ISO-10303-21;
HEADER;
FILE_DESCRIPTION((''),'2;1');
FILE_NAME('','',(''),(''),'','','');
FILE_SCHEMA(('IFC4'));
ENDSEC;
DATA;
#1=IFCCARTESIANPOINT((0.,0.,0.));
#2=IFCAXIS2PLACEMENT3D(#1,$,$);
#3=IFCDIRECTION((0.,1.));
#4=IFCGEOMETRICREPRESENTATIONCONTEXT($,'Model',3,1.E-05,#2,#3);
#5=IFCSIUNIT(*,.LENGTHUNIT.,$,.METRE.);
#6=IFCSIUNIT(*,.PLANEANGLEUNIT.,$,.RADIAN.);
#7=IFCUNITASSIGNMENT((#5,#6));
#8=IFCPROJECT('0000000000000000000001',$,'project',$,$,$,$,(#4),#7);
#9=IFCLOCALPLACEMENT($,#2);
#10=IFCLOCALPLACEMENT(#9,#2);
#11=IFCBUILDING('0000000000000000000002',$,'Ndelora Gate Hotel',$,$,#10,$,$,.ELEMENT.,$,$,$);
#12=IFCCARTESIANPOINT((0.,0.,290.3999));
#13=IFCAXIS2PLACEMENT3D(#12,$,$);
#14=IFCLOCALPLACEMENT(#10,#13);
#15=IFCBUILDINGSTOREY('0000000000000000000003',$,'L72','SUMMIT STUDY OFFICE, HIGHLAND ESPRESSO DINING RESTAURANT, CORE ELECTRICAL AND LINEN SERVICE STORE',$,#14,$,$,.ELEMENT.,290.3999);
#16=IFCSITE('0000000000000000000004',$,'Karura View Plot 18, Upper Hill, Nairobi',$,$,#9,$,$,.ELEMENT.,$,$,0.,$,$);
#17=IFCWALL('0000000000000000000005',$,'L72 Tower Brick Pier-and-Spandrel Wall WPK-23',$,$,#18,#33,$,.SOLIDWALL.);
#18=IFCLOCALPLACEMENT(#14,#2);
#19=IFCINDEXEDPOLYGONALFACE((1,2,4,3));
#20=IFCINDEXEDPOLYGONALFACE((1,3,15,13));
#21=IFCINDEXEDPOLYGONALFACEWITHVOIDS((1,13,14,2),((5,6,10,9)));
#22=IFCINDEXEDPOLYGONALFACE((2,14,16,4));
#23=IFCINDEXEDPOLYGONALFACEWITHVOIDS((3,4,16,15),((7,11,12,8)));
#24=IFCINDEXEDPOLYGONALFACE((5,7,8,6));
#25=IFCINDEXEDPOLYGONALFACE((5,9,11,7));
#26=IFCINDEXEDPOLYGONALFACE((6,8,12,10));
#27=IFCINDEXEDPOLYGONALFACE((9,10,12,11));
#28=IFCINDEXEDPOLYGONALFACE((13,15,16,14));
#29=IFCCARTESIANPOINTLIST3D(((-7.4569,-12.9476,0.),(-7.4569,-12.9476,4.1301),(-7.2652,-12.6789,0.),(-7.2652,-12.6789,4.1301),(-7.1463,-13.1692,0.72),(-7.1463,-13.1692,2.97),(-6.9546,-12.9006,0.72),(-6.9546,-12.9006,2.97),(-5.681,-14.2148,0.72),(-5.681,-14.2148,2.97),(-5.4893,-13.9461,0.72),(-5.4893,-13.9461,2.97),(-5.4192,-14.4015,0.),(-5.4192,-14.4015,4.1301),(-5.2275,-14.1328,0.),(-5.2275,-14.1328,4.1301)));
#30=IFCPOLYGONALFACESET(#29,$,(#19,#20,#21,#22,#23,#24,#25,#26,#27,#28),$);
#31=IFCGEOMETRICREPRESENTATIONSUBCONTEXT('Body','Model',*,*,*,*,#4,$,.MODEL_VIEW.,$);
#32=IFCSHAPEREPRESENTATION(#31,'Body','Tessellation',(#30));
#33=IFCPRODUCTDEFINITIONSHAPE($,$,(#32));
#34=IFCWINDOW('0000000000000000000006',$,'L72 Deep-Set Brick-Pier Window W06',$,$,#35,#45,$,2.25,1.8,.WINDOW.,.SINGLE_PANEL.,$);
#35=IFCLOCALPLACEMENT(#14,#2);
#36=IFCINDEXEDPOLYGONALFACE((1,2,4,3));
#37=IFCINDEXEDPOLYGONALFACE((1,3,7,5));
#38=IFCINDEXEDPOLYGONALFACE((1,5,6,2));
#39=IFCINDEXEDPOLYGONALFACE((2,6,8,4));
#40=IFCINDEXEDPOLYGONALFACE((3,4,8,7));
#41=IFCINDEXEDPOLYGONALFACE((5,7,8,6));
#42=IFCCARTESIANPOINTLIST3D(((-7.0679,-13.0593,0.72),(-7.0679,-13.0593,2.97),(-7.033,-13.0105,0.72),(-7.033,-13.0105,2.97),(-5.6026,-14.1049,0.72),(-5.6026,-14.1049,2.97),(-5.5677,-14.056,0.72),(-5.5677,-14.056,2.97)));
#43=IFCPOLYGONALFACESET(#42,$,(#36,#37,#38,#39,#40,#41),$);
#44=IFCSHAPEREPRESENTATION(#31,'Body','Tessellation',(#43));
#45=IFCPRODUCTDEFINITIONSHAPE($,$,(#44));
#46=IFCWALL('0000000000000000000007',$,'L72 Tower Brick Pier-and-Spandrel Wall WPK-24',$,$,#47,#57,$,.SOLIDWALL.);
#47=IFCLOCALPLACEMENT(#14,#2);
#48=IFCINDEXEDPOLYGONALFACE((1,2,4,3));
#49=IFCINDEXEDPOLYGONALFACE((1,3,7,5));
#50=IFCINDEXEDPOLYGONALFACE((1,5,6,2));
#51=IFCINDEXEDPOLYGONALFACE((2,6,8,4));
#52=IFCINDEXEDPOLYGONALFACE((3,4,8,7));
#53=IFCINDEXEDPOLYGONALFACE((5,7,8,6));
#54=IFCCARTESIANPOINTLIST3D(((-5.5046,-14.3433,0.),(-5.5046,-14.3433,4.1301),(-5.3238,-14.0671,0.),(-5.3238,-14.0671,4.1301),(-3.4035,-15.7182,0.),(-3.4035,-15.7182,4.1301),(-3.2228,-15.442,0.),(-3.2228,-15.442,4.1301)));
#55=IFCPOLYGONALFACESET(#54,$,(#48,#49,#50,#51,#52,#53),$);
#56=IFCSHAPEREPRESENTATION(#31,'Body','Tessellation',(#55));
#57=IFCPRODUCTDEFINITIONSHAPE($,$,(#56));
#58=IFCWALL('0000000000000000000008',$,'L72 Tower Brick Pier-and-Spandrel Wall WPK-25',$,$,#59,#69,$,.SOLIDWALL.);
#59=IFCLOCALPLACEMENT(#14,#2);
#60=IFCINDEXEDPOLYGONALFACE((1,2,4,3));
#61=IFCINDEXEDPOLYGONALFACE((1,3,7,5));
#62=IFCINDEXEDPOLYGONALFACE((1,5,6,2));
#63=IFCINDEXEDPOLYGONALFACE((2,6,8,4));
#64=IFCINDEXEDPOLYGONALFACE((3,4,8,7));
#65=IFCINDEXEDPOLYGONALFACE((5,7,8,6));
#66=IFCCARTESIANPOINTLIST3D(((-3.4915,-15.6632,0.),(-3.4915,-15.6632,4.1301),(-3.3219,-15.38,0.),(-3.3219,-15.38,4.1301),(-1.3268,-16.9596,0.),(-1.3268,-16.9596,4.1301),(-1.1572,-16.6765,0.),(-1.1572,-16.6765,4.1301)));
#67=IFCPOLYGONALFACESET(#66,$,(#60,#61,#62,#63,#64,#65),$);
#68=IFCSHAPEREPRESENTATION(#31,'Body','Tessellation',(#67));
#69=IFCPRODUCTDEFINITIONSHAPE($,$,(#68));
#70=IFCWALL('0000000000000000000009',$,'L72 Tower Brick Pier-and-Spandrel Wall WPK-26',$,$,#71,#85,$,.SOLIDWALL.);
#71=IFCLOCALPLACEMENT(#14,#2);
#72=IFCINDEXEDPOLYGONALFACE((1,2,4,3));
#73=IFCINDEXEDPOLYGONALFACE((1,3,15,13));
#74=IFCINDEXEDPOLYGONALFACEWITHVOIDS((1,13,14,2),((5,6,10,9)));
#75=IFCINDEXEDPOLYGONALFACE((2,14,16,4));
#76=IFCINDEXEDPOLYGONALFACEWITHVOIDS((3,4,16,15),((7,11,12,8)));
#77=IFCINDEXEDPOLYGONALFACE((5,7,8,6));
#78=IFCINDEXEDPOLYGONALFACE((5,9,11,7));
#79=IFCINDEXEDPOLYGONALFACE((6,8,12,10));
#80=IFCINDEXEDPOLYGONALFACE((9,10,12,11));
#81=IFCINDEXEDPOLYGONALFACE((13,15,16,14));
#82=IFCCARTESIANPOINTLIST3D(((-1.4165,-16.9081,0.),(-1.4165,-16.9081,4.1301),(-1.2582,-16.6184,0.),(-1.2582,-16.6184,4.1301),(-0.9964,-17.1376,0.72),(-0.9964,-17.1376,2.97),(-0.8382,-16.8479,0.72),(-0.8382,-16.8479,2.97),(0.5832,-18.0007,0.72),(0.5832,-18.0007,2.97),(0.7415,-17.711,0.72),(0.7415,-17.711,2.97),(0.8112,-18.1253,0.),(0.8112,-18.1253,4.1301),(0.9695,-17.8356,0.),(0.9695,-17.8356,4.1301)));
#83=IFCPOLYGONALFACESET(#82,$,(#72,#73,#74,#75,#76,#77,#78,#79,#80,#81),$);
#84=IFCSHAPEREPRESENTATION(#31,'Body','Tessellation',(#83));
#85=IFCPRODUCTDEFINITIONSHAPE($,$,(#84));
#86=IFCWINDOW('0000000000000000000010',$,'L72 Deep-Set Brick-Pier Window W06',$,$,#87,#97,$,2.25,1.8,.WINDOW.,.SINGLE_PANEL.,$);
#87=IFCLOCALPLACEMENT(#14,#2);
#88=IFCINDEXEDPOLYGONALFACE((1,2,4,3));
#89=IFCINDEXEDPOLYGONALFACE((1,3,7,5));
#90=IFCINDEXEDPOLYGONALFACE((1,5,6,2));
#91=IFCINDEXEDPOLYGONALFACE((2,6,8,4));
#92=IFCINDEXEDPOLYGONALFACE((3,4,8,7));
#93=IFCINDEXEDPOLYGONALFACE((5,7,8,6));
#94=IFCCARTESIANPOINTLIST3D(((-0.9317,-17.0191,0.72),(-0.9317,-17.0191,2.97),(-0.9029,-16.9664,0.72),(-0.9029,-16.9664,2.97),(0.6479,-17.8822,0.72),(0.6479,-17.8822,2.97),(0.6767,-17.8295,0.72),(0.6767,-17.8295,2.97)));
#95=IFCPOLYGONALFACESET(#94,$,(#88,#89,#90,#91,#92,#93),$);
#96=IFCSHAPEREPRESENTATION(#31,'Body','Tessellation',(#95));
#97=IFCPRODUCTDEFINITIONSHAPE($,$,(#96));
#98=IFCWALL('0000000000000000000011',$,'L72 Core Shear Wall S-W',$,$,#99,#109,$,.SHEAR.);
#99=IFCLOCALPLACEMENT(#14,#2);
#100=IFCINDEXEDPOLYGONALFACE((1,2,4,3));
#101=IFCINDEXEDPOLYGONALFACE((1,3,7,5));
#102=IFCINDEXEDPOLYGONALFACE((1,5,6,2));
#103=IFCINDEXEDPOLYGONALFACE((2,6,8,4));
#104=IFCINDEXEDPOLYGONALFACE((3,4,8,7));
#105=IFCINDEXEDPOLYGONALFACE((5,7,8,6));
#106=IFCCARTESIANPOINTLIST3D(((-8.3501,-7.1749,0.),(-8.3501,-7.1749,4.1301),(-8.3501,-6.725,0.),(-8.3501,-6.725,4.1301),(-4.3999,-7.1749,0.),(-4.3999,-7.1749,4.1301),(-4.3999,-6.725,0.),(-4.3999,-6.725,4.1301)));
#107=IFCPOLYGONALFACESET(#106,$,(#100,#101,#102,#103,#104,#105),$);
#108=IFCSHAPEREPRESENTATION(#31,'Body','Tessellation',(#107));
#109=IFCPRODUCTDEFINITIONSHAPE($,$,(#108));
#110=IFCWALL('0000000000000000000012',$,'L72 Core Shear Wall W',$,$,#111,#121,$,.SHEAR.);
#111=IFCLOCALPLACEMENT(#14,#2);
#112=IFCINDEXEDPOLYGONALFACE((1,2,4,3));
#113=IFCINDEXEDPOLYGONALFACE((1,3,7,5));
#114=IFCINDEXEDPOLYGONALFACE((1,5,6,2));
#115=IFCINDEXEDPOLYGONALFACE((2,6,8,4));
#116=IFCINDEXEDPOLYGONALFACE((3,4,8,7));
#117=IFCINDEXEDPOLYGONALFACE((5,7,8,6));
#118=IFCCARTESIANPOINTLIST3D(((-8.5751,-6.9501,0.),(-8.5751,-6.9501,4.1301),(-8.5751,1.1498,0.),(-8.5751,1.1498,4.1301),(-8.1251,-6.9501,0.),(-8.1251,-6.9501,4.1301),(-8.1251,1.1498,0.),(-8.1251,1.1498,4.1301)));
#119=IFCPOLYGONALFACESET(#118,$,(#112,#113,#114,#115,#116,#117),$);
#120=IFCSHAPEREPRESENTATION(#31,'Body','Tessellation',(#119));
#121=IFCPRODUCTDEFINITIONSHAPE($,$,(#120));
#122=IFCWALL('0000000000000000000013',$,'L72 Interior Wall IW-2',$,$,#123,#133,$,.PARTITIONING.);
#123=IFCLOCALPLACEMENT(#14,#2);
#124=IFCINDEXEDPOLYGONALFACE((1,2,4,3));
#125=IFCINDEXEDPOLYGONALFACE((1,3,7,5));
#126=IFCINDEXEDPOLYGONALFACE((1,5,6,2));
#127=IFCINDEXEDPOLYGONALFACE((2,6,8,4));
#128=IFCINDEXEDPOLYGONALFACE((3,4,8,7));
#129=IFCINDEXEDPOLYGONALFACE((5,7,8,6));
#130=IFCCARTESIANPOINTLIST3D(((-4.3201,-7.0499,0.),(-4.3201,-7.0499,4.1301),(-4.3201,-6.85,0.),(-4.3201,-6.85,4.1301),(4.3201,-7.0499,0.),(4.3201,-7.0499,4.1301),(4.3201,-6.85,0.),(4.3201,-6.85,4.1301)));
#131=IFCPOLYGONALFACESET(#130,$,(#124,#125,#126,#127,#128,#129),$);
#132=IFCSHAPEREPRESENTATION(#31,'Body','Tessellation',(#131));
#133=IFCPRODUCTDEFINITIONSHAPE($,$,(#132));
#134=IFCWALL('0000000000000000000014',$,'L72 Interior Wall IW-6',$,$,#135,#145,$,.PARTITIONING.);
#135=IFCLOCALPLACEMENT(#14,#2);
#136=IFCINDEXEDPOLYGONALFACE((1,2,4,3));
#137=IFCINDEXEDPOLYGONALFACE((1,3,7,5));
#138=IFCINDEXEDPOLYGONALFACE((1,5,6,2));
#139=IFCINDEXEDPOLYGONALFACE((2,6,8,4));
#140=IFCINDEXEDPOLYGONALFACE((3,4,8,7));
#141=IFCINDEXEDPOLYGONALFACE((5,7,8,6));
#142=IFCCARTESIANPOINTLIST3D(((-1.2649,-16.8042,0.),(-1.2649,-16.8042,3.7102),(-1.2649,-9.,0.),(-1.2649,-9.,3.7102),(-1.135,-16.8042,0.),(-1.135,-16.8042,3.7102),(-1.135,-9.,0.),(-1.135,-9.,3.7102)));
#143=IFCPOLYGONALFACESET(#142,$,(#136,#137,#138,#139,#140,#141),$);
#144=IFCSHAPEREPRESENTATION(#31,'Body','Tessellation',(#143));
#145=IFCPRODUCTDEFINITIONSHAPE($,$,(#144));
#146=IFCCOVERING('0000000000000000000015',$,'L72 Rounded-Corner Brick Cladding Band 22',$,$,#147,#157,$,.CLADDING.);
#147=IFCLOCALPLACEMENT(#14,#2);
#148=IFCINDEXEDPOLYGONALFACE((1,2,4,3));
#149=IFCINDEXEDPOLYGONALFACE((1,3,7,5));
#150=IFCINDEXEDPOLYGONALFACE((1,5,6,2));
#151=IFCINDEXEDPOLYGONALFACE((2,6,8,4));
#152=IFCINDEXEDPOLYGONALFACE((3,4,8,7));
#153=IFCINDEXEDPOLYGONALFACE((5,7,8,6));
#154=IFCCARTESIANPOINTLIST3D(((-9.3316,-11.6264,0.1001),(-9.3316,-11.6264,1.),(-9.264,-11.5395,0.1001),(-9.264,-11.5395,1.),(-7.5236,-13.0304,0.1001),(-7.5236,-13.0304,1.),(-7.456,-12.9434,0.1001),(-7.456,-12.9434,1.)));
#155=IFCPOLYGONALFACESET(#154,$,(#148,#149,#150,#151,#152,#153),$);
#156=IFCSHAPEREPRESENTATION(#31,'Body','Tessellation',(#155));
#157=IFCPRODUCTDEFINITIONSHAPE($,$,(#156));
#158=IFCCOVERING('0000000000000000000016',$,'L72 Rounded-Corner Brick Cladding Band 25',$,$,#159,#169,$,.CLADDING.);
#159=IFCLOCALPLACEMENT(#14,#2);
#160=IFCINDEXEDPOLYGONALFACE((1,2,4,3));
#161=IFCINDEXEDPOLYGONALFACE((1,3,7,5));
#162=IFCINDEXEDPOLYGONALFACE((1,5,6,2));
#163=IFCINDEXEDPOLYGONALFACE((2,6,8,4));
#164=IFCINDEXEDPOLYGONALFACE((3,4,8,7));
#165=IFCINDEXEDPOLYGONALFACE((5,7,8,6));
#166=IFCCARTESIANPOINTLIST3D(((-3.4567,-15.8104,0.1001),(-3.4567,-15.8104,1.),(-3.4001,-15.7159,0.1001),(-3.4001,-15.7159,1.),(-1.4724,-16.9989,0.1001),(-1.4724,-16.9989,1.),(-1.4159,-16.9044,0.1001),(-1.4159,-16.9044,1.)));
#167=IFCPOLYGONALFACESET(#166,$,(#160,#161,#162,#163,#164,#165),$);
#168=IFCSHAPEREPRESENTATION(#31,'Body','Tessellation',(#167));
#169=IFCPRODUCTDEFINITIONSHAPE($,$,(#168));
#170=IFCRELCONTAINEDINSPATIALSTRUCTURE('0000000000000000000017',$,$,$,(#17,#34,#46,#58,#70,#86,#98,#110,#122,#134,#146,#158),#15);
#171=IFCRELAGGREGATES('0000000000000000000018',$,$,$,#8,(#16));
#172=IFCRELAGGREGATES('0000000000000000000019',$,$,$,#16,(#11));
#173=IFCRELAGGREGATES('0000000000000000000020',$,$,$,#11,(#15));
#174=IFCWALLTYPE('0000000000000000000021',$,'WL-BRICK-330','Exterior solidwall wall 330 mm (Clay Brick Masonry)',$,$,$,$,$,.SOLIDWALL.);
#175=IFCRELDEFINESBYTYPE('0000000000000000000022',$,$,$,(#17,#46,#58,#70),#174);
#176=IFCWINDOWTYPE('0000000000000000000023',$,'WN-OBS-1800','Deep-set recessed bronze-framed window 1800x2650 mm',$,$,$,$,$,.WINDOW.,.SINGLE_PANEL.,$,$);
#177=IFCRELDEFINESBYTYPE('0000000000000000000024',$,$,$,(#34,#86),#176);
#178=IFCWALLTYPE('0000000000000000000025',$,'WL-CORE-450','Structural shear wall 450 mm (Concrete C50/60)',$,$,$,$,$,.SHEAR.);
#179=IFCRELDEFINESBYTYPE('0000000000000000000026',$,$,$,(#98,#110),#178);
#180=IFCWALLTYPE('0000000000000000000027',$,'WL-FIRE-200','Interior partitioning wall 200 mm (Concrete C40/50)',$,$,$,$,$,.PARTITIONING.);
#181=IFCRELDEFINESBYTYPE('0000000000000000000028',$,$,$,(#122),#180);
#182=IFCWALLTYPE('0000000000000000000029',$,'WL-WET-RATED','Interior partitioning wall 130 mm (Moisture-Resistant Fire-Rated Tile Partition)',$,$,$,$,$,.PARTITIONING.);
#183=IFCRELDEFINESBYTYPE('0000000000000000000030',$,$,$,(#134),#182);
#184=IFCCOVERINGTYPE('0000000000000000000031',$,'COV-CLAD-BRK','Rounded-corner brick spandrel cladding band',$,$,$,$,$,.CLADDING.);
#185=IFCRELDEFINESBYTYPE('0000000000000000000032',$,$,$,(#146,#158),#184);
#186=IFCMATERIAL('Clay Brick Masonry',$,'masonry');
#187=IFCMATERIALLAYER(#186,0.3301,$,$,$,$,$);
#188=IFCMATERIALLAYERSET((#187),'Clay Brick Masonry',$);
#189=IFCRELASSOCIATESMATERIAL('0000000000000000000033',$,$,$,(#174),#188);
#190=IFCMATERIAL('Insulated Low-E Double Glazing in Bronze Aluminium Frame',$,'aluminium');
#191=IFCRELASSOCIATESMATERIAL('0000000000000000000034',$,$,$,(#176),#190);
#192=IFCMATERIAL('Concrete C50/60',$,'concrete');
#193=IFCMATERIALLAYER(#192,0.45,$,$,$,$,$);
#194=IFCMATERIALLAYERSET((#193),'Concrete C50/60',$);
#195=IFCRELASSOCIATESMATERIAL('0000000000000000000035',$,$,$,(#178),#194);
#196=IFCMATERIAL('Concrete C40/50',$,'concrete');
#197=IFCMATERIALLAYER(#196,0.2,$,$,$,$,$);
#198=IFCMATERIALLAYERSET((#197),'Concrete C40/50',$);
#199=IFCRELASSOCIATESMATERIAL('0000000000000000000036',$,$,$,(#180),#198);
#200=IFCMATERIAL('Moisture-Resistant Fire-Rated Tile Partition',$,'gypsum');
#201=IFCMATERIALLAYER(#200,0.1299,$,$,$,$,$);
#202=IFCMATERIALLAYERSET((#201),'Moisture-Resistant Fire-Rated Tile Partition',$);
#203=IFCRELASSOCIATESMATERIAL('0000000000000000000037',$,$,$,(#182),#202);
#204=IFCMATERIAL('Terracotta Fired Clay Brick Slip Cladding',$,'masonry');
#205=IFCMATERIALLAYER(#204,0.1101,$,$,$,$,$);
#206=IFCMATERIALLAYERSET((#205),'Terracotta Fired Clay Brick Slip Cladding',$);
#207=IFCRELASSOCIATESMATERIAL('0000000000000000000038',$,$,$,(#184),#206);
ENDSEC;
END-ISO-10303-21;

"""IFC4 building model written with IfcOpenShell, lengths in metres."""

from ifc_helpers import new_model, si_unit, direction, frame, frame_2d, origin, origin_2d, place, context, subcontext, project, spatial, rectangle, extrude, material, layer, layer_set, type_object, element, fill, save


model = new_model("IFC4")

# Units and contexts
model_context = context("Model", 3, precision=1e-05, world=origin(), true_north=direction((0.0, 1.0)))
body_context = subcontext(model_context, "Body", "Model", "MODEL_VIEW")
ifc_project = project(units=[si_unit("LENGTHUNIT", "METRE"), si_unit("PLANEANGLEUNIT", "RADIAN")], contexts=[model_context])

# Site, building, storey
site_placement = place(None, origin())
site = spatial("IfcSite", under=ifc_project, at=site_placement, Name="Karura View Plot 18, Upper Hill, Nairobi", CompositionType="ELEMENT", RefElevation=0.0)
building_placement = place(site_placement, origin())
building = spatial("IfcBuilding", under=site, at=building_placement, Name="Ndelora Gate Hotel", CompositionType="ELEMENT")
storey_placement = place(building_placement, frame((0.0, 0.0, 290.3999)))
storey = spatial("IfcBuildingStorey", under=building, at=storey_placement, Name="L72", Description="SUMMIT STUDY OFFICE, HIGHLAND ESPRESSO DINING RESTAURANT, CORE ELECTRICAL AND LINEN SERVICE STORE", CompositionType="ELEMENT", Elevation=290.3999)

# Shared definitions
ifc_material_1 = material(Name="Concrete C50/60", Category="concrete")

# Shared definitions
ifc_material_2 = material(Name="Clay Brick Masonry", Category="masonry")
ifc_layer_1 = layer(ifc_material_2, 0.3301)
ifc_layer_set_1 = layer_set([ifc_layer_1], Name="Clay Brick Masonry")
wall_type_1 = type_object("IfcWallType", Name="WL-BRICK-330", Description="Exterior solidwall wall 330 mm (Clay Brick Masonry)", PredefinedType="SOLIDWALL", material=ifc_layer_set_1)

# Wall, opening, window
wall_1_placement = place(storey_placement, frame((-5.3235, -14.2671, 0.0), z_axis=(0.0, 0.0, 1.0), x_axis=(-0.81403, 0.580823, 0.0)))
wall_1 = element("IfcWall", 1, at=wall_1_placement, inside=storey, type_object=wall_type_1, Name="L72 Tower Brick Pier-and-Spandrel Wall WPK-23", PredefinedType="SOLIDWALL", context=body_context, shape_type="SweptSolid", body=[
    extrude(rectangle(XDim=2.5032, YDim=0.3301, at=frame_2d((1.2515, 0.0))), origin(), (0.0, 0.0, 1.0), 4.1301),
])
opening_1_placement = place(wall_1_placement, frame((0.3215, 0.0, 0.72)))
opening_1 = element("IfcOpeningElement", 2, at=opening_1_placement, cuts=wall_1, PredefinedType="OPENING", context=body_context, shape_type="SweptSolid", body=[
    extrude(rectangle(XDim=1.8, YDim=2.25, at=frame_2d((0.8999, 1.125))), frame((0.0, 0.175, 0.0), z_axis=(0.0, -1.0, 0.0), x_axis=(1.0, 0.0, 0.0)), (0.0, 0.0, 1.0), 0.3501),
])
ifc_material_3 = material(Name="Insulated Low-E Double Glazing in Bronze Aluminium Frame", Category="aluminium")
window_type = type_object("IfcWindowType", Name="WN-OBS-1800", Description="Deep-set recessed bronze-framed window 1800x2650 mm", PartitioningType="SINGLE_PANEL", PredefinedType="WINDOW", material=ifc_material_3)
window_1_placement = place(opening_1_placement, origin())
window_1 = element("IfcWindow", 3, at=window_1_placement, inside=storey, type_object=window_type, Name="L72 Deep-Set Brick-Pier Window W06", OverallHeight=2.25, OverallWidth=1.8, PartitioningType="SINGLE_PANEL", PredefinedType="WINDOW", context=body_context, shape_type="SweptSolid", body=[
    extrude(rectangle(XDim=1.8, YDim=2.25, at=frame_2d((0.8999, 1.125))), frame((0.0, 0.03, 0.0), z_axis=(0.0, -1.0, 0.0), x_axis=(1.0, 0.0, 0.0)), (0.0, 0.0, 1.0), 0.0601),
])
fill(opening_1, window_1)

# Walls
wall_2_placement = place(storey_placement, frame((-3.3132, -15.5801, 0.0), z_axis=(0.0, 0.0, 1.0), x_axis=(-0.836747, 0.54759, 0.0)))
element("IfcWall", 4, at=wall_2_placement, inside=storey, type_object=wall_type_1, Name="L72 Tower Brick Pier-and-Spandrel Wall WPK-24", PredefinedType="SOLIDWALL", context=body_context, shape_type="SweptSolid", body=[
    extrude(rectangle(XDim=2.511, YDim=0.3301, at=frame_2d((1.2554, 0.0))), origin(), (0.0, 0.0, 1.0), 4.1301),
])
wall_3_placement = place(storey_placement, frame((-1.2419, -16.8181, 0.0), z_axis=(0.0, 0.0, 1.0), x_axis=(-0.857902, 0.513813, 0.0)))
element("IfcWall", 5, at=wall_3_placement, inside=storey, type_object=wall_type_1, Name="L72 Tower Brick Pier-and-Spandrel Wall WPK-25", PredefinedType="SOLIDWALL", context=body_context, shape_type="SweptSolid", body=[
    extrude(rectangle(XDim=2.5232, YDim=0.3301, at=frame_2d((1.2617, 0.0))), origin(), (0.0, 0.0, 1.0), 4.1301),
])

# Wall, opening, window
wall_4_placement = place(storey_placement, frame((0.8904, -17.9805, 0.0), z_axis=(0.0, 0.0, 1.0), x_axis=(-0.877543, 0.479499, 0.0)))
wall_4 = element("IfcWall", 6, at=wall_4_placement, inside=storey, type_object=wall_type_1, Name="L72 Tower Brick Pier-and-Spandrel Wall WPK-26", PredefinedType="SOLIDWALL", context=body_context, shape_type="SweptSolid", body=[
    extrude(rectangle(XDim=2.5386, YDim=0.3301, at=frame_2d((1.2693, 0.0))), origin(), (0.0, 0.0, 1.0), 4.1301),
])
opening_2_placement = place(wall_4_placement, frame((0.26, 0.0, 0.72)))
opening_2 = element("IfcOpeningElement", 7, at=opening_2_placement, cuts=wall_4, PredefinedType="OPENING", context=body_context, shape_type="SweptSolid", body=[
    extrude(rectangle(XDim=1.8, YDim=2.25, at=frame_2d((0.8999, 1.125))), frame((0.0, 0.175, 0.0), z_axis=(0.0, -1.0, 0.0), x_axis=(1.0, 0.0, 0.0)), (0.0, 0.0, 1.0), 0.3501),
])
window_2_placement = place(opening_2_placement, origin())
window_2 = element("IfcWindow", 8, at=window_2_placement, inside=storey, type_object=window_type, Name="L72 Deep-Set Brick-Pier Window W06", OverallHeight=2.25, OverallWidth=1.8, PartitioningType="SINGLE_PANEL", PredefinedType="WINDOW", context=body_context, shape_type="SweptSolid", body=[
    extrude(rectangle(XDim=1.8, YDim=2.25, at=frame_2d((0.8999, 1.125))), frame((0.0, 0.03, 0.0), z_axis=(0.0, -1.0, 0.0), x_axis=(1.0, 0.0, 0.0)), (0.0, 0.0, 1.0), 0.0601),
])
fill(opening_2, window_2)

# Walls
ifc_layer_2 = layer(ifc_material_1, 0.45)
ifc_layer_set_2 = layer_set([ifc_layer_2], Name="Concrete C50/60")
wall_type_2 = type_object("IfcWallType", Name="WL-CORE-450", Description="Structural shear wall 450 mm (Concrete C50/60)", PredefinedType="SHEAR", material=ifc_layer_set_2)
wall_5_placement = place(storey_placement, frame((-8.3501, -6.95, 0.0), z_axis=(0.0, 0.0, 1.0), x_axis=(1.0, 0.0, 0.0)))
element("IfcWall", 9, at=wall_5_placement, inside=storey, type_object=wall_type_2, Name="L72 Core Shear Wall S-W", PredefinedType="SHEAR", context=body_context, shape_type="SweptSolid", body=[
    extrude(rectangle(XDim=3.9502, YDim=0.45, at=frame_2d((1.9751, 0.0))), origin(), (0.0, 0.0, 1.0), 4.1301),
])
wall_6_placement = place(storey_placement, frame((-8.3501, -6.95, 0.0), z_axis=(0.0, 0.0, 1.0), x_axis=(0.0, 1.0, 0.0)))
element("IfcWall", 10, at=wall_6_placement, inside=storey, type_object=wall_type_2, Name="L72 Core Shear Wall W", PredefinedType="SHEAR", context=body_context, shape_type="SweptSolid", body=[
    extrude(rectangle(XDim=8.0999, YDim=0.45, at=frame_2d((4.0498, 0.0))), origin(), (0.0, 0.0, 1.0), 4.1301),
])
ifc_material_4 = material(Name="Concrete C40/50", Category="concrete")
ifc_layer_3 = layer(ifc_material_4, 0.2)
ifc_layer_set_3 = layer_set([ifc_layer_3], Name="Concrete C40/50")
wall_type_3 = type_object("IfcWallType", Name="WL-FIRE-200", Description="Interior partitioning wall 200 mm (Concrete C40/50)", PredefinedType="PARTITIONING", material=ifc_layer_set_3)
wall_7_placement = place(storey_placement, frame((-4.3201, -6.95, 0.0), z_axis=(0.0, 0.0, 1.0), x_axis=(1.0, 0.0, 0.0)))
element("IfcWall", 11, at=wall_7_placement, inside=storey, type_object=wall_type_3, Name="L72 Interior Wall IW-2", PredefinedType="PARTITIONING", context=body_context, shape_type="SweptSolid", body=[
    extrude(rectangle(XDim=8.6401, YDim=0.2, at=frame_2d((4.3201, 0.0))), origin(), (0.0, 0.0, 1.0), 4.1301),
])
ifc_material_5 = material(Name="Moisture-Resistant Fire-Rated Tile Partition", Category="gypsum")
ifc_layer_4 = layer(ifc_material_5, 0.1299)
ifc_layer_set_4 = layer_set([ifc_layer_4], Name="Moisture-Resistant Fire-Rated Tile Partition")
wall_type_4 = type_object("IfcWallType", Name="WL-WET-RATED", Description="Interior partitioning wall 130 mm (Moisture-Resistant Fire-Rated Tile Partition)", PredefinedType="PARTITIONING", material=ifc_layer_set_4)
wall_8_placement = place(storey_placement, frame((-1.2, -9.0, 0.0), z_axis=(0.0, 0.0, 1.0), x_axis=(0.0, -1.0, 0.0)))
element("IfcWall", 12, at=wall_8_placement, inside=storey, type_object=wall_type_4, Name="L72 Interior Wall IW-6", PredefinedType="PARTITIONING", context=body_context, shape_type="SweptSolid", body=[
    extrude(rectangle(XDim=7.8042, YDim=0.1299, at=frame_2d((3.9021, 0.0))), origin(), (0.0, 0.0, 1.0), 3.7102),
])

# Coverings
ifc_material_6 = material(Name="Terracotta Fired Clay Brick Slip Cladding", Category="masonry")
ifc_layer_5 = layer(ifc_material_6, 0.1101)
ifc_layer_set_5 = layer_set([ifc_layer_5], Name="Terracotta Fired Clay Brick Slip Cladding")
covering_type_1 = type_object("IfcCoveringType", Name="COV-CLAD-BRK", Description="Rounded-corner brick spandrel cladding band", PredefinedType="CLADDING", material=ifc_layer_set_5)
covering_1_placement = place(storey_placement, frame((-8.3938, -12.2849, 0.1001), z_axis=(0.0, 0.0, 1.0), x_axis=(-0.789834, 0.613321, 0.0)))
element("IfcCovering", 13, at=covering_1_placement, inside=storey, type_object=covering_type_1, Name="L72 Rounded-Corner Brick Cladding Band 22", PredefinedType="CLADDING", context=body_context, shape_type="SweptSolid", body=[
    extrude(rectangle(XDim=2.2891, YDim=0.1101, at=origin_2d()), origin(), (0.0, 0.0, 1.0), 0.8999),
])
covering_2_placement = place(storey_placement, frame((-2.4363, -16.3574, 0.1001), z_axis=(0.0, 0.0, 1.0), x_axis=(-0.857886, 0.513841, 0.0)))
element("IfcCovering", 14, at=covering_2_placement, inside=storey, type_object=covering_type_1, Name="L72 Rounded-Corner Brick Cladding Band 25", PredefinedType="CLADDING", context=body_context, shape_type="SweptSolid", body=[
    extrude(rectangle(XDim=2.313, YDim=0.1101, at=origin_2d()), origin(), (0.0, 0.0, 1.0), 0.8999),
])

save(model, "model.ifc")
